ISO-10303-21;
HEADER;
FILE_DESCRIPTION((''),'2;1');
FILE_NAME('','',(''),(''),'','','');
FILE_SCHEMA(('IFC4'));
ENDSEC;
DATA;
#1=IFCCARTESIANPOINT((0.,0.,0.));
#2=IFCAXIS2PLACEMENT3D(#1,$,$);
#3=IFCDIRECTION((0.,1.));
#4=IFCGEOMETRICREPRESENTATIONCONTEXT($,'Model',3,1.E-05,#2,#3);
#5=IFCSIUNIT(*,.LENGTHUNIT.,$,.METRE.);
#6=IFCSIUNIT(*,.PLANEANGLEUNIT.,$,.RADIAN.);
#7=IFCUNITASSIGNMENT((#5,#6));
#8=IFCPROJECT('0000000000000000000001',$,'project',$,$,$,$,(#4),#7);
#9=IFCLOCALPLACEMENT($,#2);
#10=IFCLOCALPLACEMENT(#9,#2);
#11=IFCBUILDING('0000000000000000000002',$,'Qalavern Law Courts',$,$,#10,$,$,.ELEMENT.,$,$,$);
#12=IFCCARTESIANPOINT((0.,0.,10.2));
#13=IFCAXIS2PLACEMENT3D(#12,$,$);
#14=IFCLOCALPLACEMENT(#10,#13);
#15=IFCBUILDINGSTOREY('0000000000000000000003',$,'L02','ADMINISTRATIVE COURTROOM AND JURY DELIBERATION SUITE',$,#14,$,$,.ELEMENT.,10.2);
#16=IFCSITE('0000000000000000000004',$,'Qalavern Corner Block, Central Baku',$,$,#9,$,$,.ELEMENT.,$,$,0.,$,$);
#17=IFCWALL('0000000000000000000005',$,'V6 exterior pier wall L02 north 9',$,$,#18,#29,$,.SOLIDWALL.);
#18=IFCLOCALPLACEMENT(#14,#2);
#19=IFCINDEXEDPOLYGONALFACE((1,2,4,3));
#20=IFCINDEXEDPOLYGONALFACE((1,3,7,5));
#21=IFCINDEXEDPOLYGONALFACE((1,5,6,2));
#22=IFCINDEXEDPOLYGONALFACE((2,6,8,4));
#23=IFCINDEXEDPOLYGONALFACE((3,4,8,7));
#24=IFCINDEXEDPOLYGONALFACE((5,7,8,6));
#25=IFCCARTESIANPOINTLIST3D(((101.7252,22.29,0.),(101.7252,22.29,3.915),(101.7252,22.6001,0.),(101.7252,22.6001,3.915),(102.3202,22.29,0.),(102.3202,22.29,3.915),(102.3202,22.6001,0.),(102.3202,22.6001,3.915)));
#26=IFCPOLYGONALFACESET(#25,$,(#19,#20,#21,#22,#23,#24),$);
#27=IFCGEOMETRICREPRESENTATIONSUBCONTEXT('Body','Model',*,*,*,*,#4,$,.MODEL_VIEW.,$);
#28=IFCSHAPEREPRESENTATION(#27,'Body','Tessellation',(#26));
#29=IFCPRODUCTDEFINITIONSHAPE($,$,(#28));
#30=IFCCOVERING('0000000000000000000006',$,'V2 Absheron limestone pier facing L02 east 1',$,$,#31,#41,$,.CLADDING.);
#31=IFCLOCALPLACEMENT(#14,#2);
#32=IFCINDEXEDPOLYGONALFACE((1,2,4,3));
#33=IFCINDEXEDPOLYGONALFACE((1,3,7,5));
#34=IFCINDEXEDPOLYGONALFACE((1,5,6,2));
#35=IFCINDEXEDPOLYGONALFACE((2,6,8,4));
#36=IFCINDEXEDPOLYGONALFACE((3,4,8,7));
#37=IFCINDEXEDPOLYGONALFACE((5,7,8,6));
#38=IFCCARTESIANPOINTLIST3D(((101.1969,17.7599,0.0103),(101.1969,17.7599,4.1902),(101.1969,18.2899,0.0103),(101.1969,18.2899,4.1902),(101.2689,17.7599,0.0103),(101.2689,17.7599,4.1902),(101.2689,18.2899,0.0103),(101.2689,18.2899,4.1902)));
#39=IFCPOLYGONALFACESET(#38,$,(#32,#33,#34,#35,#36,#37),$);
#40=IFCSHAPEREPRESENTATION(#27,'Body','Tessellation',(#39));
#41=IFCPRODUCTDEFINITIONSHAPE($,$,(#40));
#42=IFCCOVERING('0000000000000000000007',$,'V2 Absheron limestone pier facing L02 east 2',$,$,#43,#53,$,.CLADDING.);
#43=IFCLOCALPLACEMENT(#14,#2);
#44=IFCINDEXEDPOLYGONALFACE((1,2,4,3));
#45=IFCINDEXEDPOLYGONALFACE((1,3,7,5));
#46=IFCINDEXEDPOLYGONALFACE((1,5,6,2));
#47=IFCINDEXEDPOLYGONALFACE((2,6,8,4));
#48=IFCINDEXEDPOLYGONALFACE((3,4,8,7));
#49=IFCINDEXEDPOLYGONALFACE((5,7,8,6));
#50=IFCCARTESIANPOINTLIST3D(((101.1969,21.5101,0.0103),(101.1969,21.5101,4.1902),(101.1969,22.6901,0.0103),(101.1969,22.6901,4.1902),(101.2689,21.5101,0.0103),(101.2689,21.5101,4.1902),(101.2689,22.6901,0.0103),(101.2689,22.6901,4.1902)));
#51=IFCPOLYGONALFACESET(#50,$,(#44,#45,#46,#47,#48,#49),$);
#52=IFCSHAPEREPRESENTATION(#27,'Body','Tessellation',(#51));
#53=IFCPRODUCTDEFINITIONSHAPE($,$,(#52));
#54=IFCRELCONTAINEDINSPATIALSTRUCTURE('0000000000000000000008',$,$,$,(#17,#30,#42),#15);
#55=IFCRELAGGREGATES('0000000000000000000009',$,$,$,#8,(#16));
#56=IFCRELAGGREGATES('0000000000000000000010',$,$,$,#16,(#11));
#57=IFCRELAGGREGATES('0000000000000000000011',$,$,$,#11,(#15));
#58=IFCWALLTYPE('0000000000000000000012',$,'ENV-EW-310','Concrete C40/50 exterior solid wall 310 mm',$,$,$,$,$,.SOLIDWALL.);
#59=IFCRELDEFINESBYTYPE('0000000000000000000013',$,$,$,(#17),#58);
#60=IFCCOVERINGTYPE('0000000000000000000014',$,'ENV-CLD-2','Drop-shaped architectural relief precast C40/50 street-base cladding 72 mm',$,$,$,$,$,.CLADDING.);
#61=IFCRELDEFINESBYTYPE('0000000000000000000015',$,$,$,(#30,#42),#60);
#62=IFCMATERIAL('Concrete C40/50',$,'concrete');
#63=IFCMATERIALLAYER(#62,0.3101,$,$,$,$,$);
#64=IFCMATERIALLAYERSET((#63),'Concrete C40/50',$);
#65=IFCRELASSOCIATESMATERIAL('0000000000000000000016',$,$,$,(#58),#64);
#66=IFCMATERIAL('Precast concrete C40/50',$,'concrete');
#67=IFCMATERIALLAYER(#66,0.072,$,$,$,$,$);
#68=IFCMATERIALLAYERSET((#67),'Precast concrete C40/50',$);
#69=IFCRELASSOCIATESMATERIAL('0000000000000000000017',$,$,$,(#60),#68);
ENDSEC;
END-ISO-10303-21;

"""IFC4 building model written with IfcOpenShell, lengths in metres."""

from ifc_helpers import new_model, si_unit, direction, frame, frame_2d, origin, origin_2d, place, context, subcontext, project, spatial, rectangle, extrude, material, layer, layer_set, type_object, element, save


model = new_model("IFC4")

# Units and contexts
model_context = context("Model", 3, precision=1e-05, world=origin(), true_north=direction((0.0, 1.0)))
body_context = subcontext(model_context, "Body", "Model", "MODEL_VIEW")
ifc_project = project(units=[si_unit("LENGTHUNIT", "METRE"), si_unit("PLANEANGLEUNIT", "RADIAN")], contexts=[model_context])

# Site, building, storey
site_placement = place(None, origin())
site = spatial("IfcSite", under=ifc_project, at=site_placement, Name="Qalavern Corner Block, Central Baku", CompositionType="ELEMENT", RefElevation=0.0)
building_placement = place(site_placement, origin())
building = spatial("IfcBuilding", under=site, at=building_placement, Name="Qalavern Law Courts", CompositionType="ELEMENT")
storey_placement = place(building_placement, frame((0.0, 0.0, 10.2)))
storey = spatial("IfcBuildingStorey", under=building, at=storey_placement, Name="L02", Description="ADMINISTRATIVE COURTROOM AND JURY DELIBERATION SUITE", CompositionType="ELEMENT", Elevation=10.2)

# Shared definitions
ifc_material_1 = material(Name="Concrete C40/50", Category="concrete")

# Wall
ifc_layer_1 = layer(ifc_material_1, 0.3101)
ifc_layer_set_1 = layer_set([ifc_layer_1], Name="Concrete C40/50")
wall_type = type_object("IfcWallType", Name="ENV-EW-310", Description="Concrete C40/50 exterior solid wall 310 mm", PredefinedType="SOLIDWALL", material=ifc_layer_set_1)
wall_1_placement = place(storey_placement, frame((102.3201, 22.4451, 0.0), z_axis=(0.0, 0.0, 1.0), x_axis=(-1.0, 0.0, 0.0)))
element("IfcWall", 1, at=wall_1_placement, inside=storey, type_object=wall_type, Name="V6 exterior pier wall L02 north 9", PredefinedType="SOLIDWALL", context=body_context, shape_type="SweptSolid", body=[
    extrude(rectangle(XDim=0.595, YDim=0.3101, at=frame_2d((0.2974, 0.0))), origin(), (0.0, 0.0, 1.0), 3.915),
])

# Coverings
ifc_material_2 = material(Name="Precast concrete C40/50", Category="concrete")
ifc_layer_2 = layer(ifc_material_2, 0.072)
ifc_layer_set_2 = layer_set([ifc_layer_2], Name="Precast concrete C40/50")
covering_type = type_object("IfcCoveringType", Name="ENV-CLD-2", Description="Drop-shaped architectural relief precast C40/50 street-base cladding 72 mm", PredefinedType="CLADDING", material=ifc_layer_set_2)
covering_1_placement = place(storey_placement, frame((101.2329, 18.0249, 0.0103), z_axis=(0.0, 0.0, 1.0), x_axis=(0.0, 1.0, 0.0)))
element("IfcCovering", 2, at=covering_1_placement, inside=storey, type_object=covering_type, Name="V2 Absheron limestone pier facing L02 east 1", PredefinedType="CLADDING", context=body_context, shape_type="SweptSolid", body=[
    extrude(rectangle(XDim=0.53, YDim=0.072, at=origin_2d()), origin(), (0.0, 0.0, 1.0), 4.1799),
])
covering_2_placement = place(storey_placement, frame((101.2329, 22.1001, 0.0103), z_axis=(0.0, 0.0, 1.0), x_axis=(0.0, 1.0, 0.0)))
element("IfcCovering", 3, at=covering_2_placement, inside=storey, type_object=covering_type, Name="V2 Absheron limestone pier facing L02 east 2", PredefinedType="CLADDING", context=body_context, shape_type="SweptSolid", body=[
    extrude(rectangle(XDim=1.1799, YDim=0.072, at=origin_2d()), origin(), (0.0, 0.0, 1.0), 4.1799),
])

save(model, "model.ifc")
